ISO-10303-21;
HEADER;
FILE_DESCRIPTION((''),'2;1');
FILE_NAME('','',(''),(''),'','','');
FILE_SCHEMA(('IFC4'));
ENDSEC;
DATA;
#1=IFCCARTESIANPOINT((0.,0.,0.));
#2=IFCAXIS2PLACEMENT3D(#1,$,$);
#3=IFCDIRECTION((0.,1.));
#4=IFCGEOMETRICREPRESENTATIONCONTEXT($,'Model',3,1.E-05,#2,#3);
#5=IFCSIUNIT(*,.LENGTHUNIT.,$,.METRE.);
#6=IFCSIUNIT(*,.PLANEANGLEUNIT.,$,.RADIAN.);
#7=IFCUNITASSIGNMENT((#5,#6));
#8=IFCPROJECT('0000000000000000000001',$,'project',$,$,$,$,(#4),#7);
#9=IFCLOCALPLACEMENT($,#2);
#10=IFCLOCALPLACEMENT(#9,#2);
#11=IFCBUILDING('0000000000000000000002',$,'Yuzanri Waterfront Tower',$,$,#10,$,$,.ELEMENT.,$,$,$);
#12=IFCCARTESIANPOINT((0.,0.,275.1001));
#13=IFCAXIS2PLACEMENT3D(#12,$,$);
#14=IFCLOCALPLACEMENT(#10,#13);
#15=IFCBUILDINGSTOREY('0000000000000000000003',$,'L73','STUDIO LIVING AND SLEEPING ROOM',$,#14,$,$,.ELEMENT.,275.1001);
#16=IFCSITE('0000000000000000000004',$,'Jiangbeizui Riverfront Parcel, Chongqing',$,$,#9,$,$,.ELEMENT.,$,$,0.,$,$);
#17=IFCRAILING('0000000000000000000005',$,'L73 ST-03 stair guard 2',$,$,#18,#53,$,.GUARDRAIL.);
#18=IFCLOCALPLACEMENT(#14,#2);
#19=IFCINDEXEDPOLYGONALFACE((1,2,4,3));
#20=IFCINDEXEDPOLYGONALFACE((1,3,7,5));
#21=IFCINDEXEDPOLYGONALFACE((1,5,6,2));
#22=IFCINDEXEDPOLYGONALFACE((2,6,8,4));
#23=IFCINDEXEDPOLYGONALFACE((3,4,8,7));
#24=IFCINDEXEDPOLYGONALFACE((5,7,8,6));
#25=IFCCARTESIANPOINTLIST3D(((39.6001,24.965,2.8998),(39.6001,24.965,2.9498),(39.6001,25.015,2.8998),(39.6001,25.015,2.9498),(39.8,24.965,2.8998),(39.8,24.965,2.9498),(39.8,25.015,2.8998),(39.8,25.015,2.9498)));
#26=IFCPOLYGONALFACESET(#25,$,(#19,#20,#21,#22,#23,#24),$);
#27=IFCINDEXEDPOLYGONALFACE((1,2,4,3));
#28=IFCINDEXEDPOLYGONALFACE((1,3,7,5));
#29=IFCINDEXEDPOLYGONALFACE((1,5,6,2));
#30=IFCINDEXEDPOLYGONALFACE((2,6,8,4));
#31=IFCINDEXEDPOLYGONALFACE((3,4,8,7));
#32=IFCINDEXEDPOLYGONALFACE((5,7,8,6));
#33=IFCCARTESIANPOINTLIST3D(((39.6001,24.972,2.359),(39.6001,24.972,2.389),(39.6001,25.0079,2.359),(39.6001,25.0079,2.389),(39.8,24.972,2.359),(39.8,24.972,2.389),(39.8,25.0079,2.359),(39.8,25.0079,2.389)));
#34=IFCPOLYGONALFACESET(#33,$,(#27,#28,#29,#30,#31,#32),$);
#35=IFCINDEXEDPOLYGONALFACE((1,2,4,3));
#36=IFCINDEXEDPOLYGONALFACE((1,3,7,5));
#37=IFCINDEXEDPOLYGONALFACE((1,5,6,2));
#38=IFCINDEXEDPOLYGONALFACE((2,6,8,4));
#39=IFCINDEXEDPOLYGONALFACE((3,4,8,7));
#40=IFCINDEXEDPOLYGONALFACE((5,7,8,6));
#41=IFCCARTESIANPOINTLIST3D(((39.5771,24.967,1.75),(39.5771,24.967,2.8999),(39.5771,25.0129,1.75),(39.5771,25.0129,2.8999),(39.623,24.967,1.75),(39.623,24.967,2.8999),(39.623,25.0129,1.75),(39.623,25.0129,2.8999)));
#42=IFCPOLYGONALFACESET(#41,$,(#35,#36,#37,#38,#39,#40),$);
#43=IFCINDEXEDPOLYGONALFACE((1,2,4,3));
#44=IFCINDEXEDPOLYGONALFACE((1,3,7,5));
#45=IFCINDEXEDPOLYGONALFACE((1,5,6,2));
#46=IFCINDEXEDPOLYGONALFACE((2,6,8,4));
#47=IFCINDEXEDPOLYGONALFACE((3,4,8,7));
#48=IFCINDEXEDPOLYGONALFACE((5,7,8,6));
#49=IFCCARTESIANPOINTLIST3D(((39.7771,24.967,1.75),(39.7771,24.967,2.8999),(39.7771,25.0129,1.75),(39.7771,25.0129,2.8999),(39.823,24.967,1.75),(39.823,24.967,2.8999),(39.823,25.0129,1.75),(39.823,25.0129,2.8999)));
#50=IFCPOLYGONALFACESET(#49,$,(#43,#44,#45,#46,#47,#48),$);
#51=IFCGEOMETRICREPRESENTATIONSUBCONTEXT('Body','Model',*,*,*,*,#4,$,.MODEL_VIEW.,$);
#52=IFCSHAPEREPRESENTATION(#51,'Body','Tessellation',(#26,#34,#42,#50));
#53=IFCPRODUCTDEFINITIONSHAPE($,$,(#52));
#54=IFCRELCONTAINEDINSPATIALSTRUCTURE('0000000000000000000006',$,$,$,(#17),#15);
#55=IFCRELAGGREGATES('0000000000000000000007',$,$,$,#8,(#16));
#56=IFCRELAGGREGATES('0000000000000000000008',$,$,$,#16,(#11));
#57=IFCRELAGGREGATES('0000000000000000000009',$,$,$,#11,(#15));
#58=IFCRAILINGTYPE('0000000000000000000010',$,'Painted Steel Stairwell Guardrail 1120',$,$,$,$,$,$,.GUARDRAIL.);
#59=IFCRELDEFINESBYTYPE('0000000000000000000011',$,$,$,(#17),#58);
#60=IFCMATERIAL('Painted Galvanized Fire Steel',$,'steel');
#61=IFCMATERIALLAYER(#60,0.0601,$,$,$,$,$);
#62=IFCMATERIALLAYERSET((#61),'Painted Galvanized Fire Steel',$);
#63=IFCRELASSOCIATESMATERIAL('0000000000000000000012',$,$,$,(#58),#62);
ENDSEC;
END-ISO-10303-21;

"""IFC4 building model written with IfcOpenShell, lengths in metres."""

from ifc_helpers import new_model, si_unit, direction, frame, origin, origin_2d, place, context, subcontext, project, spatial, rectangle, extrude, source, transform, mapped, material, layer, layer_set, type_object, element, save


model = new_model("IFC4")

# Units and contexts
model_context = context("Model", 3, precision=1e-05, world=origin(), true_north=direction((0.0, 1.0)))
body_context = subcontext(model_context, "Body", "Model", "MODEL_VIEW")
ifc_project = project(units=[si_unit("LENGTHUNIT", "METRE"), si_unit("PLANEANGLEUNIT", "RADIAN")], contexts=[model_context])

# Site, building, storey
site_placement = place(None, origin())
site = spatial("IfcSite", under=ifc_project, at=site_placement, Name="Jiangbeizui Riverfront Parcel, Chongqing", CompositionType="ELEMENT", RefElevation=0.0)
building_placement = place(site_placement, origin())
building = spatial("IfcBuilding", under=site, at=building_placement, Name="Yuzanri Waterfront Tower", CompositionType="ELEMENT")
storey_placement = place(building_placement, frame((0.0, 0.0, 275.1001)))
storey = spatial("IfcBuildingStorey", under=building, at=storey_placement, Name="L73", Description="STUDIO LIVING AND SLEEPING ROOM", CompositionType="ELEMENT", Elevation=275.1001)

# Railing
ifc_material_1 = material(Name="Painted Galvanized Fire Steel", Category="steel")
ifc_layer_1 = layer(ifc_material_1, 0.0601)
ifc_layer_set_1 = layer_set([ifc_layer_1], Name="Painted Galvanized Fire Steel")
railing_type_1 = type_object("IfcRailingType", Name="Painted Steel Stairwell Guardrail 1120", PredefinedType="GUARDRAIL", material=ifc_layer_set_1)
shared_shape_1 = source(origin(), body_context, "Body", "SweptSolid", [
    extrude(rectangle(XDim=0.05, YDim=0.05, at=origin_2d()), frame((0.0, 0.0, 1.1748), z_axis=(1.0, 0.0, 0.0), x_axis=(0.0, 1.0, 0.0)), (0.0, 0.0, 1.0), 0.2),
    extrude(rectangle(XDim=0.0359, YDim=0.03, at=origin_2d()), frame((0.0, 0.0, 0.624), z_axis=(1.0, 0.0, 0.0), x_axis=(0.0, 1.0, 0.0)), (0.0, 0.0, 1.0), 0.2),
    extrude(rectangle(XDim=0.0459, YDim=0.0459, at=origin_2d()), origin(), (0.0, 0.0, 1.0), 1.1499),
    extrude(rectangle(XDim=0.0459, YDim=0.0459, at=origin_2d()), frame((0.2, 0.0, 0.0)), (0.0, 0.0, 1.0), 1.1499),
])
railing_1_placement = place(storey_placement, frame((39.6001, 24.99, 1.75)))
element("IfcRailing", 1, at=railing_1_placement, inside=storey, type_object=railing_type_1, Name="L73 ST-03 stair guard 2", PredefinedType="GUARDRAIL", context=body_context, shape_type="MappedRepresentation", body=[
    mapped(shared_shape_1, transform((0.0, 0.0, 0.0), scale=1.0)),
])

save(model, "model.ifc")
